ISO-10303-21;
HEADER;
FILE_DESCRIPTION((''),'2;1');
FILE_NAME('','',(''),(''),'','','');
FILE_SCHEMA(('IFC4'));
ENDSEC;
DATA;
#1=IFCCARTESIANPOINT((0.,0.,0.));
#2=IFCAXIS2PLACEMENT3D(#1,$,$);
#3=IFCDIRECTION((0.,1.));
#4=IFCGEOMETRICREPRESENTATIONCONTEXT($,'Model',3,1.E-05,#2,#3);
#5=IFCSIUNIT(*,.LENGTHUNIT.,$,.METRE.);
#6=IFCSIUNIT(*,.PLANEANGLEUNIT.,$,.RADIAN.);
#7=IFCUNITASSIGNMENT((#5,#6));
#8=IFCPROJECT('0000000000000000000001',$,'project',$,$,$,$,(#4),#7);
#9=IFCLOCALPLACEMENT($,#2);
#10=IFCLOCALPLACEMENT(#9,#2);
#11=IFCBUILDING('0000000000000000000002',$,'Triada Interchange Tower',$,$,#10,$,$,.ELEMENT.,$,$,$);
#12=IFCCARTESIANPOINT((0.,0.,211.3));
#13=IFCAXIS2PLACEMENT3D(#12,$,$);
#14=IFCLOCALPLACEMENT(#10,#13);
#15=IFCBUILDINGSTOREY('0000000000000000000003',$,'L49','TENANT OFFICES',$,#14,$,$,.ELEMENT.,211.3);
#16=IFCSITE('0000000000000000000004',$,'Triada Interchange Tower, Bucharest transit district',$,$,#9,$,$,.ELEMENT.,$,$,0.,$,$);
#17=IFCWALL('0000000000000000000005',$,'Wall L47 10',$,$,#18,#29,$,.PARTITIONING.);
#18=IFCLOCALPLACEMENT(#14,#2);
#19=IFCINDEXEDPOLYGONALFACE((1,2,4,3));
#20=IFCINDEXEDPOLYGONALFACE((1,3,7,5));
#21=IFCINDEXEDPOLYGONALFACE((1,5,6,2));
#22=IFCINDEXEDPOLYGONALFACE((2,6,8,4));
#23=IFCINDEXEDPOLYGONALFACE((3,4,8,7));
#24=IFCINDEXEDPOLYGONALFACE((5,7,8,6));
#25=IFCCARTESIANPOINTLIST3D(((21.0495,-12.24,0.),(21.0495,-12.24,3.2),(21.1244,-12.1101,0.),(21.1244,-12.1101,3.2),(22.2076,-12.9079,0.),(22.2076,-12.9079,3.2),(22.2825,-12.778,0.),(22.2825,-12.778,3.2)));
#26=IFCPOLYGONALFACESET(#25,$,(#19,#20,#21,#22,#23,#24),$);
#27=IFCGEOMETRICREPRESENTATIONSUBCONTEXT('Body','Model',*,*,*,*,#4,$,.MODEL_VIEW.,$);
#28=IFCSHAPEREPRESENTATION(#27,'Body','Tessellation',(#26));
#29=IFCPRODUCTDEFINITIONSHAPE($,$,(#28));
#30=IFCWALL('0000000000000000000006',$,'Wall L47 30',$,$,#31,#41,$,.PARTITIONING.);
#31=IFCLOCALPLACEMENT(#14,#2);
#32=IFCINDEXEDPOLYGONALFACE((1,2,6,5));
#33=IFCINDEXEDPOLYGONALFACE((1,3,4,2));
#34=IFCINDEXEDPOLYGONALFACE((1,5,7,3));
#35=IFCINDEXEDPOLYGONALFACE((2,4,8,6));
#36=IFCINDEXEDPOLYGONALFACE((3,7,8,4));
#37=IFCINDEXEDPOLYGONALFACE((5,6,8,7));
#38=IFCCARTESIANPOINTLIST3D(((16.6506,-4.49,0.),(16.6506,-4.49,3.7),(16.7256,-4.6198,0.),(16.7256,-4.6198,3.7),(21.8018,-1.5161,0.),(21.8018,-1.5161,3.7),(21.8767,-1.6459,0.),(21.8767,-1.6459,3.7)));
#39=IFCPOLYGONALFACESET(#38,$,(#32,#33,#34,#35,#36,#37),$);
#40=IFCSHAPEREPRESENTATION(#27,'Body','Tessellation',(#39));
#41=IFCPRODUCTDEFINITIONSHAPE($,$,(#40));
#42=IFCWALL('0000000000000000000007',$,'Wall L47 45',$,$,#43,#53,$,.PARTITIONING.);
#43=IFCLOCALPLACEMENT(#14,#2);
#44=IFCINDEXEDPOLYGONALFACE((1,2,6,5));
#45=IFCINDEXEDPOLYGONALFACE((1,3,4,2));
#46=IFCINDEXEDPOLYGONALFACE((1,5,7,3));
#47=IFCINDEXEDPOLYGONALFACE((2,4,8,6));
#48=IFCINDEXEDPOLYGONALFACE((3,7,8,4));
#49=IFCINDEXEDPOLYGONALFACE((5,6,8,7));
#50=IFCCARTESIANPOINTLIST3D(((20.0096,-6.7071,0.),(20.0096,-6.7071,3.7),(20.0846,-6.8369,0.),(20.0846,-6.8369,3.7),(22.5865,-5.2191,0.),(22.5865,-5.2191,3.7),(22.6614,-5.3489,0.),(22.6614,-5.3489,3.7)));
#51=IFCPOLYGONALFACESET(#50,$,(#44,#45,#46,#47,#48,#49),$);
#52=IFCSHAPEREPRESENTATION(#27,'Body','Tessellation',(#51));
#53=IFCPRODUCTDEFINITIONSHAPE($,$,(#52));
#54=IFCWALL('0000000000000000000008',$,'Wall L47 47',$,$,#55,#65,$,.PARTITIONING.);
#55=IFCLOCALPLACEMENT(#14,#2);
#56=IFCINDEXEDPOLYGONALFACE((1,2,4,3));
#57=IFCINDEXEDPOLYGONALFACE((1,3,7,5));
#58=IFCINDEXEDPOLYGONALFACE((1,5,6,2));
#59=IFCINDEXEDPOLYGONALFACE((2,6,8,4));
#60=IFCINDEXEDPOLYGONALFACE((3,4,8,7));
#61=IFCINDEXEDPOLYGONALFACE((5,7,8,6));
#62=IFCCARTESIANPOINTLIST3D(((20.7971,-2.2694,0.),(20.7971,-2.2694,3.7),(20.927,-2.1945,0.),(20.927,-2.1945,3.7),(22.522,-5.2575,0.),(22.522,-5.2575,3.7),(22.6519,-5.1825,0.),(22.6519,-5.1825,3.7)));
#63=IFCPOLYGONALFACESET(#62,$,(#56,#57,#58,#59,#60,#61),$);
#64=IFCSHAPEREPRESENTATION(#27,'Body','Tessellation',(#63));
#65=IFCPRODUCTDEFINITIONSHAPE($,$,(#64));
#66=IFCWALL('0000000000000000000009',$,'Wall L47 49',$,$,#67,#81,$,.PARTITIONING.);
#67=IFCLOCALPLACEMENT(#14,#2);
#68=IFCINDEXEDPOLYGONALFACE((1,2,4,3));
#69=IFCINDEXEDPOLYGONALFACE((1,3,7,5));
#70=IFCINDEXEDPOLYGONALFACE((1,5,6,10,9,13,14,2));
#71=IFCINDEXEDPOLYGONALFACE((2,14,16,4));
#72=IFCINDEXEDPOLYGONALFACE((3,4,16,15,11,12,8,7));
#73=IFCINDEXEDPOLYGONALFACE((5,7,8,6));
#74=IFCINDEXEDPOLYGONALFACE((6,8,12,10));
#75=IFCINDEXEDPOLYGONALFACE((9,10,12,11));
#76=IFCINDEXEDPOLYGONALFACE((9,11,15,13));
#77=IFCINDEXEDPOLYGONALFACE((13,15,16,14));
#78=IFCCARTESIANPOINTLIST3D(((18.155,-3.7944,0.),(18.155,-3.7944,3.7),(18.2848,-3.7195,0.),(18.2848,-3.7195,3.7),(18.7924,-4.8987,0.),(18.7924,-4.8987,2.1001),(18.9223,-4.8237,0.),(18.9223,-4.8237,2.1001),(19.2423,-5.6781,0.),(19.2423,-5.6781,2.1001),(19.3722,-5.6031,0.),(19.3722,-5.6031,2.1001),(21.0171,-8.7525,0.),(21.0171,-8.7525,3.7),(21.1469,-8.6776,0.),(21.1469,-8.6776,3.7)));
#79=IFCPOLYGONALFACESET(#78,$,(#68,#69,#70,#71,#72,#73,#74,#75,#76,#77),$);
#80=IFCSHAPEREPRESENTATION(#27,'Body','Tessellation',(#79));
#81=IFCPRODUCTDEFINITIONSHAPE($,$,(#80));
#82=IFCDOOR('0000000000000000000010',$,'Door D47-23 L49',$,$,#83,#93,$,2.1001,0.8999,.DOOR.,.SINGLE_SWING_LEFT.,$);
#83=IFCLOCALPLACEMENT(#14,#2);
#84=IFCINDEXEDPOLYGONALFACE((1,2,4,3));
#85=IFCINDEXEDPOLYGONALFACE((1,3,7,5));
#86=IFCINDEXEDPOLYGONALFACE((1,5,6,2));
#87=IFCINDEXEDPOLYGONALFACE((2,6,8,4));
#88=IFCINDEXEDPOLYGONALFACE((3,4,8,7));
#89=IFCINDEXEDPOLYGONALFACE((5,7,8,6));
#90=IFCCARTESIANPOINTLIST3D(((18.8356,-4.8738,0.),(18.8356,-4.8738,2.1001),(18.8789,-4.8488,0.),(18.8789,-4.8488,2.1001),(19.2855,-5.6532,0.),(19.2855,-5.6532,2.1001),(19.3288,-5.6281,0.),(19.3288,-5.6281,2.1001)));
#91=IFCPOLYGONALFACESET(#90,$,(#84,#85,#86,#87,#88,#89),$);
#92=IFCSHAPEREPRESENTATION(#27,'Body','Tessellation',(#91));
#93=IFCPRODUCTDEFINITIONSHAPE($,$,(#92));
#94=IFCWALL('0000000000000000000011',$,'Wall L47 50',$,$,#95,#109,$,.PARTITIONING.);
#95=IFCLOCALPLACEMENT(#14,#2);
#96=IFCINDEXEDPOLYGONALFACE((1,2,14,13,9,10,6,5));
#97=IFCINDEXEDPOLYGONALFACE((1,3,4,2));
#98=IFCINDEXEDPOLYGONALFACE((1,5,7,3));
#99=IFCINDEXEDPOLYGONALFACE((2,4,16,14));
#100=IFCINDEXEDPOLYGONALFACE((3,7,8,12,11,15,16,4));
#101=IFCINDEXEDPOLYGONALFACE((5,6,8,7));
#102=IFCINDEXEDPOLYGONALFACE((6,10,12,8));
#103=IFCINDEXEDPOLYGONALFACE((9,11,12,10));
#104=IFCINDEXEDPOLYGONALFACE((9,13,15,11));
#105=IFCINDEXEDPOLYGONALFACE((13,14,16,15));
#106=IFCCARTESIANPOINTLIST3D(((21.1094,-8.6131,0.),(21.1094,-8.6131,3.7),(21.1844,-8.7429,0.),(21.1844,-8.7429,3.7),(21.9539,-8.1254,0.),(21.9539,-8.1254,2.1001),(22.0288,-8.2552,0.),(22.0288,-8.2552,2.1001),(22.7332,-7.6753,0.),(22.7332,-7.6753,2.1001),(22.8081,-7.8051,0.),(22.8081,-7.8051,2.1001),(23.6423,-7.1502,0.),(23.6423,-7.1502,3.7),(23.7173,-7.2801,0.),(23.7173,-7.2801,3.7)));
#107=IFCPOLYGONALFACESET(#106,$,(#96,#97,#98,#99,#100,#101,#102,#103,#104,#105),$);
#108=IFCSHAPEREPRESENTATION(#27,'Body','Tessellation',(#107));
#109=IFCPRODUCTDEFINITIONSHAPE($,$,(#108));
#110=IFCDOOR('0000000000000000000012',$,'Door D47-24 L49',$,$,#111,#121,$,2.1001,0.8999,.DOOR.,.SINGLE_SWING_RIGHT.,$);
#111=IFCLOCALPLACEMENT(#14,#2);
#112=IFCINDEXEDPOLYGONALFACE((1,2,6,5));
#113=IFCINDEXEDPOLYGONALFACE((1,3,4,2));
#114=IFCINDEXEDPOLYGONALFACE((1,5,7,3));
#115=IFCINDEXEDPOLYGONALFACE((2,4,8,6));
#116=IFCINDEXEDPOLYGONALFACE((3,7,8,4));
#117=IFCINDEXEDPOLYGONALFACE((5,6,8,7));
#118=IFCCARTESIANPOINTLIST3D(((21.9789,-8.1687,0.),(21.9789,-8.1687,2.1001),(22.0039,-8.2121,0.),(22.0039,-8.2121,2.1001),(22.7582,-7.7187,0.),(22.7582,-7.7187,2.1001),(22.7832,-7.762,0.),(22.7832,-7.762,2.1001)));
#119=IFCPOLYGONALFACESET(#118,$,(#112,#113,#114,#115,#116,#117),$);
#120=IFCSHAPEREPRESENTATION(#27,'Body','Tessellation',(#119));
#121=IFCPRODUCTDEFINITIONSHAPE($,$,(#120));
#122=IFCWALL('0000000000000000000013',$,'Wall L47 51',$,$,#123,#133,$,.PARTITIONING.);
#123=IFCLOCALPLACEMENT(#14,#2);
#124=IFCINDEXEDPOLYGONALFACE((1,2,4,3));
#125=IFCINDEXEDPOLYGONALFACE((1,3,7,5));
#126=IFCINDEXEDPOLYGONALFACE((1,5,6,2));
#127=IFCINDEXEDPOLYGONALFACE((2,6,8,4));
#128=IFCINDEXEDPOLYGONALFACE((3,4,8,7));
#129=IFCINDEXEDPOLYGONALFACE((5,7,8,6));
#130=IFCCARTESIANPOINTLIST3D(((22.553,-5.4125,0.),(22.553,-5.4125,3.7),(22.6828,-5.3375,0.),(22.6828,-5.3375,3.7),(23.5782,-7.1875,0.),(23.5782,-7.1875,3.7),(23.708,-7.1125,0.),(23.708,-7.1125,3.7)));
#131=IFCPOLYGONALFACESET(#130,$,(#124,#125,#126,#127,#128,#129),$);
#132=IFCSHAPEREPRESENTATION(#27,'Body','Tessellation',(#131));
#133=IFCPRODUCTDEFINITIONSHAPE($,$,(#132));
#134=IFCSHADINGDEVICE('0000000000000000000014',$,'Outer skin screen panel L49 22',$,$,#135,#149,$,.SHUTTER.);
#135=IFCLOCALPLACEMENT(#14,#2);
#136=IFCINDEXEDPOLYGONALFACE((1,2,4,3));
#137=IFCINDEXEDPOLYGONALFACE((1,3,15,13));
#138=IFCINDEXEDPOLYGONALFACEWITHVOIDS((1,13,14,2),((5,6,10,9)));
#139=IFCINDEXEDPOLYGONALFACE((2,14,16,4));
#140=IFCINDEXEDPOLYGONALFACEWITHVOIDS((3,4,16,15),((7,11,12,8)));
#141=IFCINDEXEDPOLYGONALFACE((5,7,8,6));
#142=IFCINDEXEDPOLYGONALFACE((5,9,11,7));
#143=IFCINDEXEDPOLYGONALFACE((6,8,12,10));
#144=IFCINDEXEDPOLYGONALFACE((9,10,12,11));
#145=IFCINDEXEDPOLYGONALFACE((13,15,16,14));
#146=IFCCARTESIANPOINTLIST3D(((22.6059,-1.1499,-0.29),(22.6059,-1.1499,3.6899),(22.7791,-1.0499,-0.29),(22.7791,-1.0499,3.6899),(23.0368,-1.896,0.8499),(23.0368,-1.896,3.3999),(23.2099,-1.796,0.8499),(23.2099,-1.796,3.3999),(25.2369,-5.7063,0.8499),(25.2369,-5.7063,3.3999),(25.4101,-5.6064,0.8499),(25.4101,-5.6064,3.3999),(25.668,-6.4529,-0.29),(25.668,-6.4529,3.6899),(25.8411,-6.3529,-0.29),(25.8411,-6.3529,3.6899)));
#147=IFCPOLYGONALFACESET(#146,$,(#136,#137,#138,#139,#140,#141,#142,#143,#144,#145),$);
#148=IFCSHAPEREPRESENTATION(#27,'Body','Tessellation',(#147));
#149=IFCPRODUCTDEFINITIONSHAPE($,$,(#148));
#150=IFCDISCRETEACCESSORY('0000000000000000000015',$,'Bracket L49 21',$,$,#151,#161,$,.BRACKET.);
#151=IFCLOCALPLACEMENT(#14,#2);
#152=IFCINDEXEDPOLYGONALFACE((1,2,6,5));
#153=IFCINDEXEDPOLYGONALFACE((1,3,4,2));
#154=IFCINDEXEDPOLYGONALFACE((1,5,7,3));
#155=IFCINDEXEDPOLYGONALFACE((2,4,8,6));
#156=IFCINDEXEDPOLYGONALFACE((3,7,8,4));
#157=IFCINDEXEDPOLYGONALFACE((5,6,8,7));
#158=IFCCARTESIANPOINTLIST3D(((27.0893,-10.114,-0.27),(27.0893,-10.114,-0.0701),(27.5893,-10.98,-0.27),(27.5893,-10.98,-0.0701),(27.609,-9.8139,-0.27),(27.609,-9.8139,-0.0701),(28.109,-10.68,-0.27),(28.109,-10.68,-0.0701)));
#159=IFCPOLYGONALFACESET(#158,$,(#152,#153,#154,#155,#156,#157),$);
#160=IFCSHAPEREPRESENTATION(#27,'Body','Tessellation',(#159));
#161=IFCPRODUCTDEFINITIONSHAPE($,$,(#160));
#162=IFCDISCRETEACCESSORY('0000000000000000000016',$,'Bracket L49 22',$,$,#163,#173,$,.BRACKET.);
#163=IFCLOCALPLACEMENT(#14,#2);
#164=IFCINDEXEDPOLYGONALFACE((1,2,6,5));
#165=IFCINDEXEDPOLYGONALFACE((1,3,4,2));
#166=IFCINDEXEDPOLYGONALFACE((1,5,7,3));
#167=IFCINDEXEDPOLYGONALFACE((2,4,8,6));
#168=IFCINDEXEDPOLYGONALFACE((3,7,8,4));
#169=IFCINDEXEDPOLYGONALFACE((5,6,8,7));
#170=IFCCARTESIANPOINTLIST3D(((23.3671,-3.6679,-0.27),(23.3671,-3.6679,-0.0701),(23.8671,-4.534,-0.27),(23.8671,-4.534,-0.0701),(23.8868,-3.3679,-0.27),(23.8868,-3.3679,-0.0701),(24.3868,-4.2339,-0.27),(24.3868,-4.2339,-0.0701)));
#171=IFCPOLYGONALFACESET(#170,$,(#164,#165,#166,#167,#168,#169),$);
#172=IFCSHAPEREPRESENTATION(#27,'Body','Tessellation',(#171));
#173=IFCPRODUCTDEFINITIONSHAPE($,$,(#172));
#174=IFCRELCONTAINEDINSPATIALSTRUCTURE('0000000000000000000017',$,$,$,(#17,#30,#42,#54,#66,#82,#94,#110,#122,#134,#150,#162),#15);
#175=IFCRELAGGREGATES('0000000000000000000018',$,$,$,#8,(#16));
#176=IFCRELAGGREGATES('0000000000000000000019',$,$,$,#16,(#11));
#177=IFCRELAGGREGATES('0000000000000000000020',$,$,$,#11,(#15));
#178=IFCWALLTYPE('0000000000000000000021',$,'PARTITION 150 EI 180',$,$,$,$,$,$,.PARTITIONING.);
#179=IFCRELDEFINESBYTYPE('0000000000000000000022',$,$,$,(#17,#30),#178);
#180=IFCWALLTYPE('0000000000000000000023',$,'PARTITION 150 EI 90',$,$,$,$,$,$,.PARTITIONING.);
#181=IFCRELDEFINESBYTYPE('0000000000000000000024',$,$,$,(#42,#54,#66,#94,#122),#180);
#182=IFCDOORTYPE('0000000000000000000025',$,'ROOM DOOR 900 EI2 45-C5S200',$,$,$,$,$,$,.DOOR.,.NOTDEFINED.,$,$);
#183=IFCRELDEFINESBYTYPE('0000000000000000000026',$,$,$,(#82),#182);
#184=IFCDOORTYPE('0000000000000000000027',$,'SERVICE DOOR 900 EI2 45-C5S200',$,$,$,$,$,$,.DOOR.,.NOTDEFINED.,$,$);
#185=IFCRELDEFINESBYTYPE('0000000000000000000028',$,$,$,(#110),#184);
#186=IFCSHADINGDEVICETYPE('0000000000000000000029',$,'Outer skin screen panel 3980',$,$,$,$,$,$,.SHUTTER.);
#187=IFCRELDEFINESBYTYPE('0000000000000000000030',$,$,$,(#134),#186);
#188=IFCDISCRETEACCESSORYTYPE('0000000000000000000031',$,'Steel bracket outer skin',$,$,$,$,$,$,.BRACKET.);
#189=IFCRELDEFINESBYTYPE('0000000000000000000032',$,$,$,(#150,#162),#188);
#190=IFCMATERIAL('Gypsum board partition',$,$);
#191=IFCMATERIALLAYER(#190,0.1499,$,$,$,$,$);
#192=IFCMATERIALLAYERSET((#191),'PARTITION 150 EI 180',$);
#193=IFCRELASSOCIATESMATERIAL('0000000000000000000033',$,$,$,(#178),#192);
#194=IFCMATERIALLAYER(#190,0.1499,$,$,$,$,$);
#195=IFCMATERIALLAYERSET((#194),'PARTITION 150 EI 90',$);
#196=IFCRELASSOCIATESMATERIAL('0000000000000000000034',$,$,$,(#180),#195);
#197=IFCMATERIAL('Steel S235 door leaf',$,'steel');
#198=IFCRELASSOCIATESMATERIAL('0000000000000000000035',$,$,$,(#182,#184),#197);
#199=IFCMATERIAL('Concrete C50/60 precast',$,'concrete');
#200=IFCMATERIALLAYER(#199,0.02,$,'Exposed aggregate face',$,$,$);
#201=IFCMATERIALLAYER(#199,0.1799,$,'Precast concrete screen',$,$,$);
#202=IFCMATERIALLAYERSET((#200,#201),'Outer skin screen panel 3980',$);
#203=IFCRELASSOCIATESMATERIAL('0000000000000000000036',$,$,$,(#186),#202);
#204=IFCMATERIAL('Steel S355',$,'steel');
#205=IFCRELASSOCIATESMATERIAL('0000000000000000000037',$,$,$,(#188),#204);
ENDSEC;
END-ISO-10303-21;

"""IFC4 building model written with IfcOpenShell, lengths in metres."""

from ifc_helpers import new_model, si_unit, direction, frame, frame_2d, origin, origin_2d, place, context, subcontext, project, spatial, polyline, rectangle, outline, extrude, material, layer, layer_set, type_object, element, fill, save


model = new_model("IFC4")

# Units and contexts
model_context = context("Model", 3, precision=1e-05, world=origin(), true_north=direction((0.0, 1.0)))
body_context = subcontext(model_context, "Body", "Model", "MODEL_VIEW")
ifc_project = project(units=[si_unit("LENGTHUNIT", "METRE"), si_unit("PLANEANGLEUNIT", "RADIAN")], contexts=[model_context])

# Site, building, storey
site_placement = place(None, origin())
site = spatial("IfcSite", under=ifc_project, at=site_placement, Name="Triada Interchange Tower, Bucharest transit district", CompositionType="ELEMENT", RefElevation=0.0)
building_placement = place(site_placement, origin())
building = spatial("IfcBuilding", under=site, at=building_placement, Name="Triada Interchange Tower", CompositionType="ELEMENT")
storey_placement = place(building_placement, frame((0.0, 0.0, 211.3)))
storey = spatial("IfcBuildingStorey", under=building, at=storey_placement, Name="L49", Description="TENANT OFFICES", CompositionType="ELEMENT", Elevation=211.3)

# Walls
ifc_material_1 = material(Name="Gypsum board partition")
ifc_layer_1 = layer(ifc_material_1, 0.1499)
ifc_layer_set_1 = layer_set([ifc_layer_1], Name="PARTITION 150 EI 180")
wall_type_1 = type_object("IfcWallType", Name="PARTITION 150 EI 180", PredefinedType="PARTITIONING", material=ifc_layer_set_1)
wall_1_placement = place(storey_placement, frame((21.0869, -12.175, 0.0), z_axis=(0.0, 0.0, 1.0), x_axis=(0.866259, -0.499596, 0.0)))
element("IfcWall", 1, at=wall_1_placement, inside=storey, type_object=wall_type_1, Name="Wall L47 10", PredefinedType="PARTITIONING", context=body_context, shape_type="SweptSolid", body=[
    extrude(rectangle(XDim=1.3369, YDim=0.1499, at=frame_2d((0.6685, 0.0))), origin(), (0.0, 0.0, 1.0), 3.2),
])
wall_2_placement = place(storey_placement, frame((16.688, -4.5549, 0.0), z_axis=(0.0, 0.0, 1.0), x_axis=(0.866035, 0.499984, 0.0)))
element("IfcWall", 2, at=wall_2_placement, inside=storey, type_object=wall_type_1, Name="Wall L47 30", PredefinedType="PARTITIONING", context=body_context, shape_type="SweptSolid", body=[
    extrude(rectangle(XDim=5.948, YDim=0.1499, at=frame_2d((2.9741, 0.0))), origin(), (0.0, 0.0, 1.0), 3.7),
])
ifc_layer_2 = layer(ifc_material_1, 0.1499)
ifc_layer_set_2 = layer_set([ifc_layer_2], Name="PARTITION 150 EI 90")
wall_type_2 = type_object("IfcWallType", Name="PARTITION 150 EI 90", PredefinedType="PARTITIONING", material=ifc_layer_set_2)
wall_3_placement = place(storey_placement, frame((20.0471, -6.772, 0.0), z_axis=(0.0, 0.0, 1.0), x_axis=(0.865987, 0.500066, 0.0)))
element("IfcWall", 3, at=wall_3_placement, inside=storey, type_object=wall_type_2, Name="Wall L47 45", PredefinedType="PARTITIONING", context=body_context, shape_type="SweptSolid", body=[
    extrude(rectangle(XDim=2.9756, YDim=0.1499, at=frame_2d((1.4878, 0.0))), origin(), (0.0, 0.0, 1.0), 3.7),
])
wall_4_placement = place(storey_placement, frame((20.8621, -2.2319, 0.0), z_axis=(0.0, 0.0, 1.0), x_axis=(0.499937, -0.866062, 0.0)))
element("IfcWall", 4, at=wall_4_placement, inside=storey, type_object=wall_type_2, Name="Wall L47 47", PredefinedType="PARTITIONING", context=body_context, shape_type="SweptSolid", body=[
    extrude(rectangle(XDim=3.4502, YDim=0.1499, at=frame_2d((1.7251, 0.0))), origin(), (0.0, 0.0, 1.0), 3.7),
])

# Walls, openings, doors
wall_5_placement = place(storey_placement, frame((18.22, -3.7571, 0.0), z_axis=(0.0, 0.0, 1.0), x_axis=(0.499941, -0.866059, 0.0)))
wall_5 = element("IfcWall", 5, at=wall_5_placement, inside=storey, type_object=wall_type_2, Name="Wall L47 49", PredefinedType="PARTITIONING", context=body_context, shape_type="SweptSolid", body=[
    extrude(rectangle(XDim=5.7249, YDim=0.1499, at=frame_2d((2.8623, 0.0))), origin(), (0.0, 0.0, 1.0), 3.7),
])
opening_1_placement = place(wall_5_placement, frame((1.2749, 0.0, 0.0)))
opening_1 = element("IfcOpeningElement", 6, at=opening_1_placement, cuts=wall_5, PredefinedType="OPENING", context=body_context, shape_type="SweptSolid", body=[
    extrude(rectangle(XDim=0.8999, YDim=2.1001, at=frame_2d((0.45, 1.05))), frame((0.0, 0.085, 0.0), z_axis=(0.0, -1.0, 0.0), x_axis=(1.0, 0.0, 0.0)), (0.0, 0.0, 1.0), 0.1699),
])
ifc_material_2 = material(Name="Steel S235 door leaf", Category="steel")
door_type_1 = type_object("IfcDoorType", Name="ROOM DOOR 900 EI2 45-C5S200", OperationType="NOTDEFINED", PredefinedType="DOOR", material=ifc_material_2)
door_1_placement = place(opening_1_placement, origin())
door_1 = element("IfcDoor", 7, at=door_1_placement, inside=storey, type_object=door_type_1, Name="Door D47-23 L49", OperationType="SINGLE_SWING_LEFT", OverallHeight=2.1001, OverallWidth=0.8999, PredefinedType="DOOR", context=body_context, shape_type="SweptSolid", body=[
    extrude(rectangle(XDim=0.8999, YDim=2.1001, at=frame_2d((0.45, 1.05))), frame((0.0, 0.0249, 0.0), z_axis=(0.0, -1.0, 0.0), x_axis=(1.0, 0.0, 0.0)), (0.0, 0.0, 1.0), 0.05),
])
fill(opening_1, door_1)
wall_6_placement = place(storey_placement, frame((21.147, -8.678, 0.0), z_axis=(0.0, 0.0, 1.0), x_axis=(0.865953, 0.500125, 0.0)))
wall_6 = element("IfcWall", 8, at=wall_6_placement, inside=storey, type_object=wall_type_2, Name="Wall L47 50", PredefinedType="PARTITIONING", context=body_context, shape_type="SweptSolid", body=[
    extrude(rectangle(XDim=2.925, YDim=0.1499, at=frame_2d((1.4624, 0.0))), origin(), (0.0, 0.0, 1.0), 3.7),
])
opening_2_placement = place(wall_6_placement, frame((0.9751, 0.0, 0.0)))
opening_2 = element("IfcOpeningElement", 9, at=opening_2_placement, cuts=wall_6, PredefinedType="OPENING", context=body_context, shape_type="SweptSolid", body=[
    extrude(rectangle(XDim=0.8999, YDim=2.1001, at=frame_2d((0.45, 1.05))), frame((0.0, 0.085, 0.0), z_axis=(0.0, -1.0, 0.0), x_axis=(1.0, 0.0, 0.0)), (0.0, 0.0, 1.0), 0.1699),
])
door_type_2 = type_object("IfcDoorType", Name="SERVICE DOOR 900 EI2 45-C5S200", OperationType="NOTDEFINED", PredefinedType="DOOR", material=ifc_material_2)
door_2_placement = place(opening_2_placement, origin())
door_2 = element("IfcDoor", 10, at=door_2_placement, inside=storey, type_object=door_type_2, Name="Door D47-24 L49", OperationType="SINGLE_SWING_RIGHT", OverallHeight=2.1001, OverallWidth=0.8999, PredefinedType="DOOR", context=body_context, shape_type="SweptSolid", body=[
    extrude(rectangle(XDim=0.8999, YDim=2.1001, at=frame_2d((0.45, 1.05))), frame((0.0, 0.0249, 0.0), z_axis=(0.0, -1.0, 0.0), x_axis=(1.0, 0.0, 0.0)), (0.0, 0.0, 1.0), 0.05),
])
fill(opening_2, door_2)

# Wall
wall_7_placement = place(storey_placement, frame((22.6179, -5.375, 0.0), z_axis=(0.0, 0.0, 1.0), x_axis=(0.500149, -0.86594, 0.0)))
element("IfcWall", 11, at=wall_7_placement, inside=storey, type_object=wall_type_2, Name="Wall L47 51", PredefinedType="PARTITIONING", context=body_context, shape_type="SweptSolid", body=[
    extrude(rectangle(XDim=2.0498, YDim=0.1499, at=frame_2d((1.0249, 0.0))), origin(), (0.0, 0.0, 1.0), 3.7),
])

# Shading device
ifc_material_3 = material(Name="Concrete C50/60 precast", Category="concrete")
ifc_layer_3 = layer(ifc_material_3, 0.02, Name="Exposed aggregate face")
ifc_layer_4 = layer(ifc_material_3, 0.1799, Name="Precast concrete screen")
ifc_layer_set_3 = layer_set([ifc_layer_3, ifc_layer_4], Name="Outer skin screen panel 3980")
shading_device_type = type_object("IfcShadingDeviceType", Name="Outer skin screen panel 3980", PredefinedType="SHUTTER", material=ifc_layer_set_3)
shading_device_placement = place(storey_placement, frame((25.668, -6.4529, -0.29), z_axis=(0.0, 0.0, 1.0), x_axis=(-0.500041, 0.866002, 0.0)))
element("IfcShadingDevice", 12, at=shading_device_placement, inside=storey, type_object=shading_device_type, Name="Outer skin screen panel L49 22", PredefinedType="SHUTTER", context=body_context, shape_type="SweptSolid", body=[
    extrude(outline(polyline([(0.0, 0.0), (6.1235, 0.0), (6.1235, 3.98), (0.0, 3.98), (0.0, 0.0)]), holes=[polyline([(0.8621, 1.1399), (0.8621, 3.6899), (5.262, 3.6899), (5.262, 1.1399), (0.8621, 1.1399)])]), frame((0.0, 0.0, 0.0), z_axis=(0.0, -1.0, 0.0), x_axis=(1.0, 0.0, 0.0)), (0.0, 0.0, 1.0), 0.2),
])

# Discrete accessories
ifc_material_4 = material(Name="Steel S355", Category="steel")
discrete_accessory_type = type_object("IfcDiscreteAccessoryType", Name="Steel bracket outer skin", PredefinedType="BRACKET", material=ifc_material_4)
for number, where, z_axis, x_axis, name in (
    (13, (27.5991, -10.397, -0.27), (0.0, 0.0, 1.0), (0.866021, 0.500007, 0.0), "Bracket L49 21"),
    (14, (23.877, -3.9509, -0.27), (0.0, 0.0, 1.0), (0.866021, 0.500007, 0.0), "Bracket L49 22"),
):
    element("IfcDiscreteAccessory", number, at=place(storey_placement, frame(where, z_axis=z_axis, x_axis=x_axis)), inside=storey, type_object=discrete_accessory_type, Name=name, PredefinedType="BRACKET", context=body_context, shape_type="SweptSolid", body=[
        extrude(rectangle(XDim=0.6001, YDim=1.0, at=origin_2d()), origin(), (0.0, 0.0, 1.0), 0.2),
    ])

save(model, "model.ifc")
